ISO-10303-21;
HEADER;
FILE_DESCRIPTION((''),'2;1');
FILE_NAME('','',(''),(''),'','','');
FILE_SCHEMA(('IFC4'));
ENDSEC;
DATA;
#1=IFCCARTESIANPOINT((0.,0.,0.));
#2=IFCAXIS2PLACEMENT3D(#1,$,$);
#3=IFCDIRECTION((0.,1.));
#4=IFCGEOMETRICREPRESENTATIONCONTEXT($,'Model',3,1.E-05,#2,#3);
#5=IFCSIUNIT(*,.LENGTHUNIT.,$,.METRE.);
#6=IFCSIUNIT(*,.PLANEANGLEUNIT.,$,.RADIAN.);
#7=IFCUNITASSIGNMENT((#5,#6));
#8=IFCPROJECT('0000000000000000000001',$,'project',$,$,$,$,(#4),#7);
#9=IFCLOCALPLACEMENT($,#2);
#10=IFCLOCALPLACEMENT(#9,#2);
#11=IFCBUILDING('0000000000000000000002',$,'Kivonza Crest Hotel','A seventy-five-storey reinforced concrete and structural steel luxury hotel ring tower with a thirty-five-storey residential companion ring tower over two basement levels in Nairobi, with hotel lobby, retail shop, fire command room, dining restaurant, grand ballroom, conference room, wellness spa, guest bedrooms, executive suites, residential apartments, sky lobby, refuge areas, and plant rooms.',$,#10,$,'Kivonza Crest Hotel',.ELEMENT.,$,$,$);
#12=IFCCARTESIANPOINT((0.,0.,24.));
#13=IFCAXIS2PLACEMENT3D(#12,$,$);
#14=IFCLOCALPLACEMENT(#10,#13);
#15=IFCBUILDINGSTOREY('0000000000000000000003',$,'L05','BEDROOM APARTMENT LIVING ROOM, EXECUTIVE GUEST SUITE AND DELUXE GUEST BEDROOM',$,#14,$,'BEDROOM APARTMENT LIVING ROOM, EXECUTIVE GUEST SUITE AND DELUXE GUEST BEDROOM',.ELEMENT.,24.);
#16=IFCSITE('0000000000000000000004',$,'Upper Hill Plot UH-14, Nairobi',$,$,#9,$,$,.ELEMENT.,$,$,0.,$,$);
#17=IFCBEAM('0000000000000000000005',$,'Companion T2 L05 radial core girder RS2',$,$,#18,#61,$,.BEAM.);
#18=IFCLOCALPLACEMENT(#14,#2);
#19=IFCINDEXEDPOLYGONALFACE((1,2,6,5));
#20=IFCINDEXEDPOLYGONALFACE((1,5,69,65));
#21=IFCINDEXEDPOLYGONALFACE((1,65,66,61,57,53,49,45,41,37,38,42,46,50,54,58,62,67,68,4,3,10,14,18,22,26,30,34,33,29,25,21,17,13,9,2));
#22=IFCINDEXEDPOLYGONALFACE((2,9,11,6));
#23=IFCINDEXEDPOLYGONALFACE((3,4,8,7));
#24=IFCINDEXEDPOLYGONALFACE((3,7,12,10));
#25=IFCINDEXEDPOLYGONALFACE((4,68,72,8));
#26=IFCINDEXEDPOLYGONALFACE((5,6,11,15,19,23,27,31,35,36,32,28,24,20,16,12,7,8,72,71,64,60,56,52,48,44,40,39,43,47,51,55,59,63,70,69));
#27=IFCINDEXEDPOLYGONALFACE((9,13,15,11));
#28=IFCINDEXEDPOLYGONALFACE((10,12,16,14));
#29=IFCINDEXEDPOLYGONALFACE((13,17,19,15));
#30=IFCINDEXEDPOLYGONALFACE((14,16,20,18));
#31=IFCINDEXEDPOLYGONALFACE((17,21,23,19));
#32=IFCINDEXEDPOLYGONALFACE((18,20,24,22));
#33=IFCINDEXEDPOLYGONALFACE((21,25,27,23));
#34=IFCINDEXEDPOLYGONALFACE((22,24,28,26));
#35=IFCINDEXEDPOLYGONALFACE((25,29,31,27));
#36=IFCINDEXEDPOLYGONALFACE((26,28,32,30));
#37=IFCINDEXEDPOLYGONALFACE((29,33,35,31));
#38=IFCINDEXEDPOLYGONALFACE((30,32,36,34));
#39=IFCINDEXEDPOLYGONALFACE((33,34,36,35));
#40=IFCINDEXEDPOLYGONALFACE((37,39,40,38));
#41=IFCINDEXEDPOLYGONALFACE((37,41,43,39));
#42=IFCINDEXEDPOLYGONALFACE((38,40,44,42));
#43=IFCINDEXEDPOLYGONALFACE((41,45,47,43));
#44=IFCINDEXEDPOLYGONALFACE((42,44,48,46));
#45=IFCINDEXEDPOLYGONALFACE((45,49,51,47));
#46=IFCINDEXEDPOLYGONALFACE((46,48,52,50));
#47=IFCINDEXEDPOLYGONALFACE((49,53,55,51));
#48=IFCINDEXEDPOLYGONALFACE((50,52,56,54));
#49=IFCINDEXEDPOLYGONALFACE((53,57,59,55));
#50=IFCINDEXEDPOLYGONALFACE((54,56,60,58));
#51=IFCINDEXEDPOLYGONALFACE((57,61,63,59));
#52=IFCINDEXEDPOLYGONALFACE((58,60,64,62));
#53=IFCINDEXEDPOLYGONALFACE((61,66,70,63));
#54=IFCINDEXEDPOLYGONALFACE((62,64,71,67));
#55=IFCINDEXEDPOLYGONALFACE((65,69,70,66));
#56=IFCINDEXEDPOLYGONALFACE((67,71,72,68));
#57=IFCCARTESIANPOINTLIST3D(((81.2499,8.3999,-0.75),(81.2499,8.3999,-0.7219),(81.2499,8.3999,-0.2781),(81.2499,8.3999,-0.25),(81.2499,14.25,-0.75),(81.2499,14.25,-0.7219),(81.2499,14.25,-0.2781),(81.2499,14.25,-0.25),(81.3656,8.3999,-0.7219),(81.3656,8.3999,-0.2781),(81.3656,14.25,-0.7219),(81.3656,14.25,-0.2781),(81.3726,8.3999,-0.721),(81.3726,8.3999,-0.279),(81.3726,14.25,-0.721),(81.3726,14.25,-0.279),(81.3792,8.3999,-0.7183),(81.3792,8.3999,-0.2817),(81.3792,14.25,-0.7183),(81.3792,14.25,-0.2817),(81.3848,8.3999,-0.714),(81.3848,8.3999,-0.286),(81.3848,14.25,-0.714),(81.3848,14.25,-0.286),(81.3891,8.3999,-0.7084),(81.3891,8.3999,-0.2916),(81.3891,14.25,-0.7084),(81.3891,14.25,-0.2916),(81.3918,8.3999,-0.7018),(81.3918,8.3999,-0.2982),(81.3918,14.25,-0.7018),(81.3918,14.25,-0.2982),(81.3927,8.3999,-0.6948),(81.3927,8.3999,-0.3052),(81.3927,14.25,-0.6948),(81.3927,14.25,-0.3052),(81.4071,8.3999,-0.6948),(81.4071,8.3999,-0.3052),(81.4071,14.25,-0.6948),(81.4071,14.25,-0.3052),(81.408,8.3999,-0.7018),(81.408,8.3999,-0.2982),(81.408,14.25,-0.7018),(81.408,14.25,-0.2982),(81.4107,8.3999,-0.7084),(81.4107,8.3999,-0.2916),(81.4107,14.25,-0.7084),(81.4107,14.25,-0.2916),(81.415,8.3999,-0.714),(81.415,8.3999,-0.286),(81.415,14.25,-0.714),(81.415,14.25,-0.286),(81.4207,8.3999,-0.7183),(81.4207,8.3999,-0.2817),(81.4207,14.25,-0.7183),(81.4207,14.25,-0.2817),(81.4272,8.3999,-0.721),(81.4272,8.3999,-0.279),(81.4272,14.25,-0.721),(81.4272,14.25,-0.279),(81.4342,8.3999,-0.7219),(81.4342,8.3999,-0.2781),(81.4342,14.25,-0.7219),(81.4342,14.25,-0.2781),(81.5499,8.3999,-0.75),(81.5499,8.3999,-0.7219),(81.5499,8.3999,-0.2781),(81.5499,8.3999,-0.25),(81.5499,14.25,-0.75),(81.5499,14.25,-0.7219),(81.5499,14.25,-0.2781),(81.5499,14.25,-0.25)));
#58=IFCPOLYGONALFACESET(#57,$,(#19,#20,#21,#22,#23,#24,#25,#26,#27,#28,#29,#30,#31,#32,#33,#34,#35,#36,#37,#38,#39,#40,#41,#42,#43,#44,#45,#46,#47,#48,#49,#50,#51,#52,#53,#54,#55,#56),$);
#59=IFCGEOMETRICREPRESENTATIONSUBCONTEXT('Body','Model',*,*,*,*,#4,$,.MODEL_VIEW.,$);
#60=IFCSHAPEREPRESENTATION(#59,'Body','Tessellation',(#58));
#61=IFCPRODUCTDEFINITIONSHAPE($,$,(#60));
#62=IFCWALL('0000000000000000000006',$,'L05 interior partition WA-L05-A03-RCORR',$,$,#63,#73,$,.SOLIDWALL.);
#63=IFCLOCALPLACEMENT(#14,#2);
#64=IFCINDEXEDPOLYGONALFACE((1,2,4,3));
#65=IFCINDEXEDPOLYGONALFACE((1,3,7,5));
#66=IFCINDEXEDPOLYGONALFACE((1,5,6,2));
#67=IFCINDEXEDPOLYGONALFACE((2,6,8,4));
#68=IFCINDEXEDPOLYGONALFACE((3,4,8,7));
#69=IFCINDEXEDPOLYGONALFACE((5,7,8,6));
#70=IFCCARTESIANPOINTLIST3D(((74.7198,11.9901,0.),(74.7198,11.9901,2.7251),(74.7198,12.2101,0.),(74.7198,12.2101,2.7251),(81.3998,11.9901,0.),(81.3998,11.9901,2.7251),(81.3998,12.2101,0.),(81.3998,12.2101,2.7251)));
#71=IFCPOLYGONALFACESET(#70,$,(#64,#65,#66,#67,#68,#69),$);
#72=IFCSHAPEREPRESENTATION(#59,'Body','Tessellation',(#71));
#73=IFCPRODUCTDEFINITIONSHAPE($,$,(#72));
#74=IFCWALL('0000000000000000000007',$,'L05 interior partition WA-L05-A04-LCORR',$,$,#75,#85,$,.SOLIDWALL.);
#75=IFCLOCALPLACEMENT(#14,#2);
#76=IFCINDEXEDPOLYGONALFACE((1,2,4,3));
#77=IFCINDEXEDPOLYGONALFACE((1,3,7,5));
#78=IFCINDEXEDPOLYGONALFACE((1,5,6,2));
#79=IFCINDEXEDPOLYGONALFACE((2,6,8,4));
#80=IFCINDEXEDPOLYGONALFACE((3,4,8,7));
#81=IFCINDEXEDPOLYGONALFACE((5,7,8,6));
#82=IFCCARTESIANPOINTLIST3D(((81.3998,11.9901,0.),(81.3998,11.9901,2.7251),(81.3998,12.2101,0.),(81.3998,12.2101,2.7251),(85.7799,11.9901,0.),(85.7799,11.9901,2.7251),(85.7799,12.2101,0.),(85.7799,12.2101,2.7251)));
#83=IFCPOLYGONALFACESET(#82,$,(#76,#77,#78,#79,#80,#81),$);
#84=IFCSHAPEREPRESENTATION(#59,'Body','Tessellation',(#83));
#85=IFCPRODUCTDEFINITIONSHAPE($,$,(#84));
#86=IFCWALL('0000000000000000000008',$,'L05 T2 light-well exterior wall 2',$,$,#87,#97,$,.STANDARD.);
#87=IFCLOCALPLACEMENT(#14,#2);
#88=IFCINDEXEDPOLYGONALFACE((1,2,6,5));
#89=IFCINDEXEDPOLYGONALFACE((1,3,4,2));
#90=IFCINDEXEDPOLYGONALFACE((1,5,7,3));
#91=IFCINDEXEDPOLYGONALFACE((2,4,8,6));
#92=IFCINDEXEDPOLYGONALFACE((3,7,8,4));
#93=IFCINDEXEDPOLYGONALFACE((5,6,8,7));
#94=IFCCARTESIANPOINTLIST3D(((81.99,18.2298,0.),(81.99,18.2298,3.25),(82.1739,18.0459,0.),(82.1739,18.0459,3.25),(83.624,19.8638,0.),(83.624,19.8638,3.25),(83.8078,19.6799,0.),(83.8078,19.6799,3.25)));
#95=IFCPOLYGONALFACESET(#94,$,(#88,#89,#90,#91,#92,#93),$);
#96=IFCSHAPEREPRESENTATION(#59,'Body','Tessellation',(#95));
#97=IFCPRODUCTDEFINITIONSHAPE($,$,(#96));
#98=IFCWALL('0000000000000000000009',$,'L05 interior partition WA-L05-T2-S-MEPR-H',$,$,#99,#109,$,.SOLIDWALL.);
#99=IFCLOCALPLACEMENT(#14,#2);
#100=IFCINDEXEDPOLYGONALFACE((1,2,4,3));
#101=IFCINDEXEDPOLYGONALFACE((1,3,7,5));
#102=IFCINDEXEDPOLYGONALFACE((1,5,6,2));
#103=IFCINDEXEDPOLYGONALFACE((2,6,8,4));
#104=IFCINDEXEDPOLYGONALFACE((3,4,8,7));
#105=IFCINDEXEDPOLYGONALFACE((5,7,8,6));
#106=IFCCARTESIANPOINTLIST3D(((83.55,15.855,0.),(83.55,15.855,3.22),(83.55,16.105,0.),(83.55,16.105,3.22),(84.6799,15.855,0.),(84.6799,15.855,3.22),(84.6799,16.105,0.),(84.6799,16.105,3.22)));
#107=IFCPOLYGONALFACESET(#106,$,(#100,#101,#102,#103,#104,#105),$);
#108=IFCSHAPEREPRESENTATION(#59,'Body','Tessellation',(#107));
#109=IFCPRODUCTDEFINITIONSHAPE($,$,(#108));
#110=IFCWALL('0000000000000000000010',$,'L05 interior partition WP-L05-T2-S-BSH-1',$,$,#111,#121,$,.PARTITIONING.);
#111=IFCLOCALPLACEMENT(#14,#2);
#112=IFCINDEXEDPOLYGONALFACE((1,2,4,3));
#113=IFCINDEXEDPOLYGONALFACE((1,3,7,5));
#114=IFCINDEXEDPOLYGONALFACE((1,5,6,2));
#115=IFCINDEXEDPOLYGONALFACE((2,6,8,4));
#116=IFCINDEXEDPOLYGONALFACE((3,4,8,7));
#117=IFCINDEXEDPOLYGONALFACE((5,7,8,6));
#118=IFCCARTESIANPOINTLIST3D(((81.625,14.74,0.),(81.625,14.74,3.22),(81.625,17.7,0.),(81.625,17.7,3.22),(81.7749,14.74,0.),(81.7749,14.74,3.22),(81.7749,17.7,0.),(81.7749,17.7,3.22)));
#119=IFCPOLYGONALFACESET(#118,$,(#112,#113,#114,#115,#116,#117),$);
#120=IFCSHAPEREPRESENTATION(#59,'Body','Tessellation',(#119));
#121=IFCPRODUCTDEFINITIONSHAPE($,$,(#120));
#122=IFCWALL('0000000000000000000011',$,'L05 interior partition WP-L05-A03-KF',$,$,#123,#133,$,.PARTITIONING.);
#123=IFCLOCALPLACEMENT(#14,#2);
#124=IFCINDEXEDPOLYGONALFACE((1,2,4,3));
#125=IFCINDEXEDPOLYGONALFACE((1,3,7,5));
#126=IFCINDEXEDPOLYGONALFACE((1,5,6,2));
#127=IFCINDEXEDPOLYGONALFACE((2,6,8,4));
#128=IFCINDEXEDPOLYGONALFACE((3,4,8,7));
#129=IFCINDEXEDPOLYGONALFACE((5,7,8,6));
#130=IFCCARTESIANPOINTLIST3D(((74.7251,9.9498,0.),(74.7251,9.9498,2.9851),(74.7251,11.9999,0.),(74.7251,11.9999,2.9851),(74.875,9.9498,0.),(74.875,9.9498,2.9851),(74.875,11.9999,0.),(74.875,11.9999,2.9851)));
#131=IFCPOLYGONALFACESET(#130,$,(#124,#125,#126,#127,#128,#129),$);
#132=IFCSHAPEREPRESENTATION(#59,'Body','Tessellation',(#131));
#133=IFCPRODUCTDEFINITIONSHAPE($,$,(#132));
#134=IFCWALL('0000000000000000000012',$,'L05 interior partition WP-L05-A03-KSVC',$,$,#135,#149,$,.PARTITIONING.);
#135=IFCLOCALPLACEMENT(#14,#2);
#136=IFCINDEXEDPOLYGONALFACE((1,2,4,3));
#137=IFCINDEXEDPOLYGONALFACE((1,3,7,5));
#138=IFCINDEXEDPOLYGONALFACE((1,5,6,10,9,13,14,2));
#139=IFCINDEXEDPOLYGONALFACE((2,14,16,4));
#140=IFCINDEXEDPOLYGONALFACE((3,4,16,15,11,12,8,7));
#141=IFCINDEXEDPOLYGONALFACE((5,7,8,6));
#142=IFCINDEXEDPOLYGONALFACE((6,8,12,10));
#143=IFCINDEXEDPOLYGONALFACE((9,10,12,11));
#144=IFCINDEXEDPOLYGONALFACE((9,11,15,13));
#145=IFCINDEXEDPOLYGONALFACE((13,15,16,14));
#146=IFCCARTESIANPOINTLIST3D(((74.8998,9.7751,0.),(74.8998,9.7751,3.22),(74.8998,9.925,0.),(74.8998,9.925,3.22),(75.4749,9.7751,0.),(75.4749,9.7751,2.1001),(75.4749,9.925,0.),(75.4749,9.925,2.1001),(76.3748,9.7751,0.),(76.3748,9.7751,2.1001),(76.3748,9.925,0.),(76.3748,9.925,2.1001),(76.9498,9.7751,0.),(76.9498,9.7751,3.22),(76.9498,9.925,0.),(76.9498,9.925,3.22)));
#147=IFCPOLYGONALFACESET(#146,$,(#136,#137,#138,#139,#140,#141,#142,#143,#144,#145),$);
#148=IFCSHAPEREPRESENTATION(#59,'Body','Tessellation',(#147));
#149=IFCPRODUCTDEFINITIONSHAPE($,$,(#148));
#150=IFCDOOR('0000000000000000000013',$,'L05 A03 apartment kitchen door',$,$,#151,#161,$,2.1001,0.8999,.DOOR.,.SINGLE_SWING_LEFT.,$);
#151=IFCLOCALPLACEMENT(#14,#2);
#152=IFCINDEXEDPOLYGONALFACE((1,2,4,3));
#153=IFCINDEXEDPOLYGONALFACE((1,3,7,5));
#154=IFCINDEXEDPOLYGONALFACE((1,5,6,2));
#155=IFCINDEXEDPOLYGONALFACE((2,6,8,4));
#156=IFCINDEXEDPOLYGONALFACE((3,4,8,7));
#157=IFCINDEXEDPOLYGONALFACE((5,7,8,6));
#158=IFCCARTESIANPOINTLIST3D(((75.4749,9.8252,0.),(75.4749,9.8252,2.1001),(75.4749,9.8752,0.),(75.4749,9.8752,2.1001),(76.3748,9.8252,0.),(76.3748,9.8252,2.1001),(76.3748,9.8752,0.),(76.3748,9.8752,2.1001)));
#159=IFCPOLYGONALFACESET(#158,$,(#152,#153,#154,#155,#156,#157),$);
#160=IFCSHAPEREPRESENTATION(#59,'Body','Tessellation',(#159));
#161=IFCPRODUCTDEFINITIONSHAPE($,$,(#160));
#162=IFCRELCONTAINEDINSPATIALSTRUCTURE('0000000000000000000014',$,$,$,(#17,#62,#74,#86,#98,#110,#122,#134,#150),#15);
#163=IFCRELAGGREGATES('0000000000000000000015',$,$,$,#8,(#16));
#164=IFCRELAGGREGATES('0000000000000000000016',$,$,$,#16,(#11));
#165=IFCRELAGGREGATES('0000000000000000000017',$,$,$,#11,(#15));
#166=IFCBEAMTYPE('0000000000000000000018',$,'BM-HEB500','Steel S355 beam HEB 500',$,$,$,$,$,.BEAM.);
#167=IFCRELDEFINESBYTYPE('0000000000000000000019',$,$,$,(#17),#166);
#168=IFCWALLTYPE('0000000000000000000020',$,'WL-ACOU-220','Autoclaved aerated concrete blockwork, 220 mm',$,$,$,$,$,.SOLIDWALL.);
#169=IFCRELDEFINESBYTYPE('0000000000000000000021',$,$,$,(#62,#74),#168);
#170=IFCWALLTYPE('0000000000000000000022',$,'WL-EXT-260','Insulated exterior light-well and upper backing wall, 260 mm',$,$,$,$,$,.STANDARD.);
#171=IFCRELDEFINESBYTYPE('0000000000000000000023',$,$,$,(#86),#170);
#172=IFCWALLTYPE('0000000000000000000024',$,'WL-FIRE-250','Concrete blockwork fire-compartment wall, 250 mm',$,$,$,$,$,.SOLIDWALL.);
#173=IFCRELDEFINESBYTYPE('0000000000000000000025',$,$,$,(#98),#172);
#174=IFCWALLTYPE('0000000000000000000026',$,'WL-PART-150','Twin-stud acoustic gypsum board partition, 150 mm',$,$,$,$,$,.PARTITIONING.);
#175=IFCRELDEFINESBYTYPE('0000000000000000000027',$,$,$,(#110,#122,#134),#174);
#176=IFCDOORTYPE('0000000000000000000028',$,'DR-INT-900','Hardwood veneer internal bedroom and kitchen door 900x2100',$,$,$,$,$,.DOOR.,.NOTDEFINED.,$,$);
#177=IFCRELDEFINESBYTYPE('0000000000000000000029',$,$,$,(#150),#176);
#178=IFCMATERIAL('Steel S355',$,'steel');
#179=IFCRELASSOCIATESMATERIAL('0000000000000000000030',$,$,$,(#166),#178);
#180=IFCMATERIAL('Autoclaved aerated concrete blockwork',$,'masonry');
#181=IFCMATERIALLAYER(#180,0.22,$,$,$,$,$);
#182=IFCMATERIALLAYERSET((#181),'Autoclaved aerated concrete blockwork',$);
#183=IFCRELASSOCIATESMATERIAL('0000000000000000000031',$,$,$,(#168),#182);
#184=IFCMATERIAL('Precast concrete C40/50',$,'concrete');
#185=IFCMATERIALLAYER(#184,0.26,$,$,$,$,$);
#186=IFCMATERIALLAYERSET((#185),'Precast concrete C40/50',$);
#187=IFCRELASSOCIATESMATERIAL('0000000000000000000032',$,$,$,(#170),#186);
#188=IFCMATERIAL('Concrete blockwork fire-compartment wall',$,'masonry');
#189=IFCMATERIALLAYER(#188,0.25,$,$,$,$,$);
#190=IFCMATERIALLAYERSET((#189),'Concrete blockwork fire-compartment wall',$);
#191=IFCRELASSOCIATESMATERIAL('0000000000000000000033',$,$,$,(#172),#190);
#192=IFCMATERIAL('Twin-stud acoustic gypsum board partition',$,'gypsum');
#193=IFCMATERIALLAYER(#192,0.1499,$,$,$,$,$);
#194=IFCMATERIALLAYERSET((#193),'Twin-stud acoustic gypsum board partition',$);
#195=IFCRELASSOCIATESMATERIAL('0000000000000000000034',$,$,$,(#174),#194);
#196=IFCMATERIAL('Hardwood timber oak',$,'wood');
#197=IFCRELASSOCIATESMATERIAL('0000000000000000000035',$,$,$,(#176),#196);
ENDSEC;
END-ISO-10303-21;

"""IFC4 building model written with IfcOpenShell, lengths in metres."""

from ifc_helpers import new_model, si_unit, direction, frame, frame_2d, origin, origin_2d, place, context, subcontext, project, spatial, rectangle, i_section, extrude, material, layer, layer_set, material_profile, profile_set, type_object, element, fill, save


model = new_model("IFC4")

# Units and contexts
model_context = context("Model", 3, precision=1e-05, world=origin(), true_north=direction((0.0, 1.0)))
body_context = subcontext(model_context, "Body", "Model", "MODEL_VIEW")
ifc_project = project(units=[si_unit("LENGTHUNIT", "METRE"), si_unit("PLANEANGLEUNIT", "RADIAN")], contexts=[model_context])

# Site, building, storey
site_placement = place(None, origin())
site = spatial("IfcSite", under=ifc_project, at=site_placement, Name="Upper Hill Plot UH-14, Nairobi", CompositionType="ELEMENT", RefElevation=0.0)
building_placement = place(site_placement, origin())
building = spatial("IfcBuilding", under=site, at=building_placement, Name="Kivonza Crest Hotel", Description="A seventy-five-storey reinforced concrete and structural steel luxury hotel ring tower with a thirty-five-storey residential companion ring tower over two basement levels in Nairobi, with hotel lobby, retail shop, fire command room, dining restaurant, grand ballroom, conference room, wellness spa, guest bedrooms, executive suites, residential apartments, sky lobby, refuge areas, and plant rooms.", LongName="Kivonza Crest Hotel", CompositionType="ELEMENT")
storey_placement = place(building_placement, frame((0.0, 0.0, 24.0)))
storey = spatial("IfcBuildingStorey", under=building, at=storey_placement, Name="L05", Description="BEDROOM APARTMENT LIVING ROOM, EXECUTIVE GUEST SUITE AND DELUXE GUEST BEDROOM", LongName="BEDROOM APARTMENT LIVING ROOM, EXECUTIVE GUEST SUITE AND DELUXE GUEST BEDROOM", CompositionType="ELEMENT", Elevation=24.0)

# Beam
ifc_material_1 = material(Name="Steel S355", Category="steel")
ifc_material_profile = material_profile(ifc_material_1, i_section(OverallWidth=0.3, OverallDepth=0.5, WebThickness=0.0144, FlangeThickness=0.0281, FilletRadius=0.0271, at=origin_2d()), Name="HEB 500")
ifc_profile_set = profile_set([ifc_material_profile], Name="Steel S355")
beam_type = type_object("IfcBeamType", Name="BM-HEB500", Description="Steel S355 beam HEB 500", PredefinedType="BEAM", material=ifc_profile_set)
beam_placement = place(storey_placement, frame((81.3999, 8.3999, -0.5), z_axis=(0.0, 1.0, 0.0), x_axis=(-1.0, 0.0, 0.0)))
element("IfcBeam", 1, at=beam_placement, inside=storey, type_object=beam_type, Name="Companion T2 L05 radial core girder RS2", PredefinedType="BEAM", context=body_context, shape_type="SweptSolid", body=[
    extrude(i_section(OverallWidth=0.3, OverallDepth=0.5, WebThickness=0.0144, FlangeThickness=0.0281, FilletRadius=0.0271, at=origin_2d()), origin(), (0.0, 0.0, 1.0), 5.8501),
])

# Walls
ifc_material_2 = material(Name="Autoclaved aerated concrete blockwork", Category="masonry")
ifc_layer_1 = layer(ifc_material_2, 0.22)
ifc_layer_set_1 = layer_set([ifc_layer_1], Name="Autoclaved aerated concrete blockwork")
wall_type_1 = type_object("IfcWallType", Name="WL-ACOU-220", Description="Autoclaved aerated concrete blockwork, 220 mm", PredefinedType="SOLIDWALL", material=ifc_layer_set_1)
wall_1_placement = place(storey_placement, frame((74.72, 12.1001, 0.0), z_axis=(0.0, 0.0, 1.0), x_axis=(1.0, 0.0, 0.0)))
element("IfcWall", 2, at=wall_1_placement, inside=storey, type_object=wall_type_1, Name="L05 interior partition WA-L05-A03-RCORR", PredefinedType="SOLIDWALL", context=body_context, shape_type="SweptSolid", body=[
    extrude(rectangle(XDim=6.6799, YDim=0.22, at=frame_2d((3.3398, 0.0))), origin(), (0.0, 0.0, 1.0), 2.7251),
])
wall_2_placement = place(storey_placement, frame((81.3999, 12.1001, 0.0), z_axis=(0.0, 0.0, 1.0), x_axis=(1.0, 0.0, 0.0)))
element("IfcWall", 3, at=wall_2_placement, inside=storey, type_object=wall_type_1, Name="L05 interior partition WA-L05-A04-LCORR", PredefinedType="SOLIDWALL", context=body_context, shape_type="SweptSolid", body=[
    extrude(rectangle(XDim=4.3801, YDim=0.22, at=frame_2d((2.1899, 0.0))), origin(), (0.0, 0.0, 1.0), 2.7251),
])
ifc_material_3 = material(Name="Precast concrete C40/50", Category="concrete")
ifc_layer_2 = layer(ifc_material_3, 0.26)
ifc_layer_set_2 = layer_set([ifc_layer_2], Name="Precast concrete C40/50")
wall_type_2 = type_object("IfcWallType", Name="WL-EXT-260", Description="Insulated exterior light-well and upper backing wall, 260 mm", PredefinedType="STANDARD", material=ifc_layer_set_2)
wall_3_placement = place(storey_placement, frame((82.082, 18.1379, 0.0), z_axis=(0.0, 0.0, 1.0), x_axis=(0.707107, 0.707107, 0.0)))
element("IfcWall", 4, at=wall_3_placement, inside=storey, type_object=wall_type_2, Name="L05 T2 light-well exterior wall 2", PredefinedType="STANDARD", context=body_context, shape_type="SweptSolid", body=[
    extrude(rectangle(XDim=2.3108, YDim=0.26, at=frame_2d((1.1553, 0.0))), origin(), (0.0, 0.0, 1.0), 3.25),
])
ifc_material_4 = material(Name="Concrete blockwork fire-compartment wall", Category="masonry")
ifc_layer_3 = layer(ifc_material_4, 0.25)
ifc_layer_set_3 = layer_set([ifc_layer_3], Name="Concrete blockwork fire-compartment wall")
wall_type_3 = type_object("IfcWallType", Name="WL-FIRE-250", Description="Concrete blockwork fire-compartment wall, 250 mm", PredefinedType="SOLIDWALL", material=ifc_layer_set_3)
wall_4_placement = place(storey_placement, frame((83.55, 15.98, 0.0), z_axis=(0.0, 0.0, 1.0), x_axis=(1.0, 0.0, 0.0)))
element("IfcWall", 5, at=wall_4_placement, inside=storey, type_object=wall_type_3, Name="L05 interior partition WA-L05-T2-S-MEPR-H", PredefinedType="SOLIDWALL", context=body_context, shape_type="SweptSolid", body=[
    extrude(rectangle(XDim=1.1299, YDim=0.25, at=frame_2d((0.5649, 0.0))), origin(), (0.0, 0.0, 1.0), 3.22),
])
ifc_material_5 = material(Name="Twin-stud acoustic gypsum board partition", Category="gypsum")
ifc_layer_4 = layer(ifc_material_5, 0.1499)
ifc_layer_set_4 = layer_set([ifc_layer_4], Name="Twin-stud acoustic gypsum board partition")
wall_type_4 = type_object("IfcWallType", Name="WL-PART-150", Description="Twin-stud acoustic gypsum board partition, 150 mm", PredefinedType="PARTITIONING", material=ifc_layer_set_4)
wall_5_placement = place(storey_placement, frame((81.7, 14.74, 0.0), z_axis=(0.0, 0.0, 1.0), x_axis=(0.0, 1.0, 0.0)))
element("IfcWall", 6, at=wall_5_placement, inside=storey, type_object=wall_type_4, Name="L05 interior partition WP-L05-T2-S-BSH-1", PredefinedType="PARTITIONING", context=body_context, shape_type="SweptSolid", body=[
    extrude(rectangle(XDim=2.96, YDim=0.1499, at=frame_2d((1.48, 0.0))), origin(), (0.0, 0.0, 1.0), 3.22),
])
wall_6_placement = place(storey_placement, frame((74.8, 9.95, 0.0), z_axis=(0.0, 0.0, 1.0), x_axis=(0.0, 1.0, 0.0)))
element("IfcWall", 7, at=wall_6_placement, inside=storey, type_object=wall_type_4, Name="L05 interior partition WP-L05-A03-KF", PredefinedType="PARTITIONING", context=body_context, shape_type="SweptSolid", body=[
    extrude(rectangle(XDim=2.05, YDim=0.1499, at=frame_2d((1.0249, 0.0))), origin(), (0.0, 0.0, 1.0), 2.9851),
])

# Wall, opening, door
wall_7_placement = place(storey_placement, frame((74.8999, 9.8501, 0.0), z_axis=(0.0, 0.0, 1.0), x_axis=(1.0, 0.0, 0.0)))
wall_7 = element("IfcWall", 8, at=wall_7_placement, inside=storey, type_object=wall_type_4, Name="L05 interior partition WP-L05-A03-KSVC", PredefinedType="PARTITIONING", context=body_context, shape_type="SweptSolid", body=[
    extrude(rectangle(XDim=2.05, YDim=0.1499, at=frame_2d((1.0249, 0.0))), origin(), (0.0, 0.0, 1.0), 3.22),
])
opening_1_placement = place(wall_7_placement, frame((0.575, 0.0, 0.0)))
opening_1 = element("IfcOpeningElement", 9, at=opening_1_placement, cuts=wall_7, PredefinedType="OPENING", context=body_context, shape_type="SweptSolid", body=[
    extrude(rectangle(XDim=0.8999, YDim=2.1001, at=frame_2d((0.45, 1.05))), frame((0.0, 0.085, 0.0), z_axis=(0.0, -1.0, 0.0), x_axis=(1.0, 0.0, 0.0)), (0.0, 0.0, 1.0), 0.1699),
])
ifc_material_6 = material(Name="Hardwood timber oak", Category="wood")
door_type_1 = type_object("IfcDoorType", Name="DR-INT-900", Description="Hardwood veneer internal bedroom and kitchen door 900x2100", OperationType="NOTDEFINED", PredefinedType="DOOR", material=ifc_material_6)
door_1_placement = place(opening_1_placement, frame((0.8999, 0.0, 0.0), z_axis=(0.0, 0.0, 1.0), x_axis=(-1.0, 0.0, 0.0)))
door_1 = element("IfcDoor", 10, at=door_1_placement, inside=storey, type_object=door_type_1, Name="L05 A03 apartment kitchen door", OperationType="SINGLE_SWING_LEFT", OverallHeight=2.1001, OverallWidth=0.8999, PredefinedType="DOOR", context=body_context, shape_type="SweptSolid", body=[
    extrude(rectangle(XDim=0.8999, YDim=2.1001, at=frame_2d((0.45, 1.05))), frame((0.0, 0.0249, 0.0), z_axis=(0.0, -1.0, 0.0), x_axis=(1.0, 0.0, 0.0)), (0.0, 0.0, 1.0), 0.05),
])
fill(opening_1, door_1)

save(model, "model.ifc")
